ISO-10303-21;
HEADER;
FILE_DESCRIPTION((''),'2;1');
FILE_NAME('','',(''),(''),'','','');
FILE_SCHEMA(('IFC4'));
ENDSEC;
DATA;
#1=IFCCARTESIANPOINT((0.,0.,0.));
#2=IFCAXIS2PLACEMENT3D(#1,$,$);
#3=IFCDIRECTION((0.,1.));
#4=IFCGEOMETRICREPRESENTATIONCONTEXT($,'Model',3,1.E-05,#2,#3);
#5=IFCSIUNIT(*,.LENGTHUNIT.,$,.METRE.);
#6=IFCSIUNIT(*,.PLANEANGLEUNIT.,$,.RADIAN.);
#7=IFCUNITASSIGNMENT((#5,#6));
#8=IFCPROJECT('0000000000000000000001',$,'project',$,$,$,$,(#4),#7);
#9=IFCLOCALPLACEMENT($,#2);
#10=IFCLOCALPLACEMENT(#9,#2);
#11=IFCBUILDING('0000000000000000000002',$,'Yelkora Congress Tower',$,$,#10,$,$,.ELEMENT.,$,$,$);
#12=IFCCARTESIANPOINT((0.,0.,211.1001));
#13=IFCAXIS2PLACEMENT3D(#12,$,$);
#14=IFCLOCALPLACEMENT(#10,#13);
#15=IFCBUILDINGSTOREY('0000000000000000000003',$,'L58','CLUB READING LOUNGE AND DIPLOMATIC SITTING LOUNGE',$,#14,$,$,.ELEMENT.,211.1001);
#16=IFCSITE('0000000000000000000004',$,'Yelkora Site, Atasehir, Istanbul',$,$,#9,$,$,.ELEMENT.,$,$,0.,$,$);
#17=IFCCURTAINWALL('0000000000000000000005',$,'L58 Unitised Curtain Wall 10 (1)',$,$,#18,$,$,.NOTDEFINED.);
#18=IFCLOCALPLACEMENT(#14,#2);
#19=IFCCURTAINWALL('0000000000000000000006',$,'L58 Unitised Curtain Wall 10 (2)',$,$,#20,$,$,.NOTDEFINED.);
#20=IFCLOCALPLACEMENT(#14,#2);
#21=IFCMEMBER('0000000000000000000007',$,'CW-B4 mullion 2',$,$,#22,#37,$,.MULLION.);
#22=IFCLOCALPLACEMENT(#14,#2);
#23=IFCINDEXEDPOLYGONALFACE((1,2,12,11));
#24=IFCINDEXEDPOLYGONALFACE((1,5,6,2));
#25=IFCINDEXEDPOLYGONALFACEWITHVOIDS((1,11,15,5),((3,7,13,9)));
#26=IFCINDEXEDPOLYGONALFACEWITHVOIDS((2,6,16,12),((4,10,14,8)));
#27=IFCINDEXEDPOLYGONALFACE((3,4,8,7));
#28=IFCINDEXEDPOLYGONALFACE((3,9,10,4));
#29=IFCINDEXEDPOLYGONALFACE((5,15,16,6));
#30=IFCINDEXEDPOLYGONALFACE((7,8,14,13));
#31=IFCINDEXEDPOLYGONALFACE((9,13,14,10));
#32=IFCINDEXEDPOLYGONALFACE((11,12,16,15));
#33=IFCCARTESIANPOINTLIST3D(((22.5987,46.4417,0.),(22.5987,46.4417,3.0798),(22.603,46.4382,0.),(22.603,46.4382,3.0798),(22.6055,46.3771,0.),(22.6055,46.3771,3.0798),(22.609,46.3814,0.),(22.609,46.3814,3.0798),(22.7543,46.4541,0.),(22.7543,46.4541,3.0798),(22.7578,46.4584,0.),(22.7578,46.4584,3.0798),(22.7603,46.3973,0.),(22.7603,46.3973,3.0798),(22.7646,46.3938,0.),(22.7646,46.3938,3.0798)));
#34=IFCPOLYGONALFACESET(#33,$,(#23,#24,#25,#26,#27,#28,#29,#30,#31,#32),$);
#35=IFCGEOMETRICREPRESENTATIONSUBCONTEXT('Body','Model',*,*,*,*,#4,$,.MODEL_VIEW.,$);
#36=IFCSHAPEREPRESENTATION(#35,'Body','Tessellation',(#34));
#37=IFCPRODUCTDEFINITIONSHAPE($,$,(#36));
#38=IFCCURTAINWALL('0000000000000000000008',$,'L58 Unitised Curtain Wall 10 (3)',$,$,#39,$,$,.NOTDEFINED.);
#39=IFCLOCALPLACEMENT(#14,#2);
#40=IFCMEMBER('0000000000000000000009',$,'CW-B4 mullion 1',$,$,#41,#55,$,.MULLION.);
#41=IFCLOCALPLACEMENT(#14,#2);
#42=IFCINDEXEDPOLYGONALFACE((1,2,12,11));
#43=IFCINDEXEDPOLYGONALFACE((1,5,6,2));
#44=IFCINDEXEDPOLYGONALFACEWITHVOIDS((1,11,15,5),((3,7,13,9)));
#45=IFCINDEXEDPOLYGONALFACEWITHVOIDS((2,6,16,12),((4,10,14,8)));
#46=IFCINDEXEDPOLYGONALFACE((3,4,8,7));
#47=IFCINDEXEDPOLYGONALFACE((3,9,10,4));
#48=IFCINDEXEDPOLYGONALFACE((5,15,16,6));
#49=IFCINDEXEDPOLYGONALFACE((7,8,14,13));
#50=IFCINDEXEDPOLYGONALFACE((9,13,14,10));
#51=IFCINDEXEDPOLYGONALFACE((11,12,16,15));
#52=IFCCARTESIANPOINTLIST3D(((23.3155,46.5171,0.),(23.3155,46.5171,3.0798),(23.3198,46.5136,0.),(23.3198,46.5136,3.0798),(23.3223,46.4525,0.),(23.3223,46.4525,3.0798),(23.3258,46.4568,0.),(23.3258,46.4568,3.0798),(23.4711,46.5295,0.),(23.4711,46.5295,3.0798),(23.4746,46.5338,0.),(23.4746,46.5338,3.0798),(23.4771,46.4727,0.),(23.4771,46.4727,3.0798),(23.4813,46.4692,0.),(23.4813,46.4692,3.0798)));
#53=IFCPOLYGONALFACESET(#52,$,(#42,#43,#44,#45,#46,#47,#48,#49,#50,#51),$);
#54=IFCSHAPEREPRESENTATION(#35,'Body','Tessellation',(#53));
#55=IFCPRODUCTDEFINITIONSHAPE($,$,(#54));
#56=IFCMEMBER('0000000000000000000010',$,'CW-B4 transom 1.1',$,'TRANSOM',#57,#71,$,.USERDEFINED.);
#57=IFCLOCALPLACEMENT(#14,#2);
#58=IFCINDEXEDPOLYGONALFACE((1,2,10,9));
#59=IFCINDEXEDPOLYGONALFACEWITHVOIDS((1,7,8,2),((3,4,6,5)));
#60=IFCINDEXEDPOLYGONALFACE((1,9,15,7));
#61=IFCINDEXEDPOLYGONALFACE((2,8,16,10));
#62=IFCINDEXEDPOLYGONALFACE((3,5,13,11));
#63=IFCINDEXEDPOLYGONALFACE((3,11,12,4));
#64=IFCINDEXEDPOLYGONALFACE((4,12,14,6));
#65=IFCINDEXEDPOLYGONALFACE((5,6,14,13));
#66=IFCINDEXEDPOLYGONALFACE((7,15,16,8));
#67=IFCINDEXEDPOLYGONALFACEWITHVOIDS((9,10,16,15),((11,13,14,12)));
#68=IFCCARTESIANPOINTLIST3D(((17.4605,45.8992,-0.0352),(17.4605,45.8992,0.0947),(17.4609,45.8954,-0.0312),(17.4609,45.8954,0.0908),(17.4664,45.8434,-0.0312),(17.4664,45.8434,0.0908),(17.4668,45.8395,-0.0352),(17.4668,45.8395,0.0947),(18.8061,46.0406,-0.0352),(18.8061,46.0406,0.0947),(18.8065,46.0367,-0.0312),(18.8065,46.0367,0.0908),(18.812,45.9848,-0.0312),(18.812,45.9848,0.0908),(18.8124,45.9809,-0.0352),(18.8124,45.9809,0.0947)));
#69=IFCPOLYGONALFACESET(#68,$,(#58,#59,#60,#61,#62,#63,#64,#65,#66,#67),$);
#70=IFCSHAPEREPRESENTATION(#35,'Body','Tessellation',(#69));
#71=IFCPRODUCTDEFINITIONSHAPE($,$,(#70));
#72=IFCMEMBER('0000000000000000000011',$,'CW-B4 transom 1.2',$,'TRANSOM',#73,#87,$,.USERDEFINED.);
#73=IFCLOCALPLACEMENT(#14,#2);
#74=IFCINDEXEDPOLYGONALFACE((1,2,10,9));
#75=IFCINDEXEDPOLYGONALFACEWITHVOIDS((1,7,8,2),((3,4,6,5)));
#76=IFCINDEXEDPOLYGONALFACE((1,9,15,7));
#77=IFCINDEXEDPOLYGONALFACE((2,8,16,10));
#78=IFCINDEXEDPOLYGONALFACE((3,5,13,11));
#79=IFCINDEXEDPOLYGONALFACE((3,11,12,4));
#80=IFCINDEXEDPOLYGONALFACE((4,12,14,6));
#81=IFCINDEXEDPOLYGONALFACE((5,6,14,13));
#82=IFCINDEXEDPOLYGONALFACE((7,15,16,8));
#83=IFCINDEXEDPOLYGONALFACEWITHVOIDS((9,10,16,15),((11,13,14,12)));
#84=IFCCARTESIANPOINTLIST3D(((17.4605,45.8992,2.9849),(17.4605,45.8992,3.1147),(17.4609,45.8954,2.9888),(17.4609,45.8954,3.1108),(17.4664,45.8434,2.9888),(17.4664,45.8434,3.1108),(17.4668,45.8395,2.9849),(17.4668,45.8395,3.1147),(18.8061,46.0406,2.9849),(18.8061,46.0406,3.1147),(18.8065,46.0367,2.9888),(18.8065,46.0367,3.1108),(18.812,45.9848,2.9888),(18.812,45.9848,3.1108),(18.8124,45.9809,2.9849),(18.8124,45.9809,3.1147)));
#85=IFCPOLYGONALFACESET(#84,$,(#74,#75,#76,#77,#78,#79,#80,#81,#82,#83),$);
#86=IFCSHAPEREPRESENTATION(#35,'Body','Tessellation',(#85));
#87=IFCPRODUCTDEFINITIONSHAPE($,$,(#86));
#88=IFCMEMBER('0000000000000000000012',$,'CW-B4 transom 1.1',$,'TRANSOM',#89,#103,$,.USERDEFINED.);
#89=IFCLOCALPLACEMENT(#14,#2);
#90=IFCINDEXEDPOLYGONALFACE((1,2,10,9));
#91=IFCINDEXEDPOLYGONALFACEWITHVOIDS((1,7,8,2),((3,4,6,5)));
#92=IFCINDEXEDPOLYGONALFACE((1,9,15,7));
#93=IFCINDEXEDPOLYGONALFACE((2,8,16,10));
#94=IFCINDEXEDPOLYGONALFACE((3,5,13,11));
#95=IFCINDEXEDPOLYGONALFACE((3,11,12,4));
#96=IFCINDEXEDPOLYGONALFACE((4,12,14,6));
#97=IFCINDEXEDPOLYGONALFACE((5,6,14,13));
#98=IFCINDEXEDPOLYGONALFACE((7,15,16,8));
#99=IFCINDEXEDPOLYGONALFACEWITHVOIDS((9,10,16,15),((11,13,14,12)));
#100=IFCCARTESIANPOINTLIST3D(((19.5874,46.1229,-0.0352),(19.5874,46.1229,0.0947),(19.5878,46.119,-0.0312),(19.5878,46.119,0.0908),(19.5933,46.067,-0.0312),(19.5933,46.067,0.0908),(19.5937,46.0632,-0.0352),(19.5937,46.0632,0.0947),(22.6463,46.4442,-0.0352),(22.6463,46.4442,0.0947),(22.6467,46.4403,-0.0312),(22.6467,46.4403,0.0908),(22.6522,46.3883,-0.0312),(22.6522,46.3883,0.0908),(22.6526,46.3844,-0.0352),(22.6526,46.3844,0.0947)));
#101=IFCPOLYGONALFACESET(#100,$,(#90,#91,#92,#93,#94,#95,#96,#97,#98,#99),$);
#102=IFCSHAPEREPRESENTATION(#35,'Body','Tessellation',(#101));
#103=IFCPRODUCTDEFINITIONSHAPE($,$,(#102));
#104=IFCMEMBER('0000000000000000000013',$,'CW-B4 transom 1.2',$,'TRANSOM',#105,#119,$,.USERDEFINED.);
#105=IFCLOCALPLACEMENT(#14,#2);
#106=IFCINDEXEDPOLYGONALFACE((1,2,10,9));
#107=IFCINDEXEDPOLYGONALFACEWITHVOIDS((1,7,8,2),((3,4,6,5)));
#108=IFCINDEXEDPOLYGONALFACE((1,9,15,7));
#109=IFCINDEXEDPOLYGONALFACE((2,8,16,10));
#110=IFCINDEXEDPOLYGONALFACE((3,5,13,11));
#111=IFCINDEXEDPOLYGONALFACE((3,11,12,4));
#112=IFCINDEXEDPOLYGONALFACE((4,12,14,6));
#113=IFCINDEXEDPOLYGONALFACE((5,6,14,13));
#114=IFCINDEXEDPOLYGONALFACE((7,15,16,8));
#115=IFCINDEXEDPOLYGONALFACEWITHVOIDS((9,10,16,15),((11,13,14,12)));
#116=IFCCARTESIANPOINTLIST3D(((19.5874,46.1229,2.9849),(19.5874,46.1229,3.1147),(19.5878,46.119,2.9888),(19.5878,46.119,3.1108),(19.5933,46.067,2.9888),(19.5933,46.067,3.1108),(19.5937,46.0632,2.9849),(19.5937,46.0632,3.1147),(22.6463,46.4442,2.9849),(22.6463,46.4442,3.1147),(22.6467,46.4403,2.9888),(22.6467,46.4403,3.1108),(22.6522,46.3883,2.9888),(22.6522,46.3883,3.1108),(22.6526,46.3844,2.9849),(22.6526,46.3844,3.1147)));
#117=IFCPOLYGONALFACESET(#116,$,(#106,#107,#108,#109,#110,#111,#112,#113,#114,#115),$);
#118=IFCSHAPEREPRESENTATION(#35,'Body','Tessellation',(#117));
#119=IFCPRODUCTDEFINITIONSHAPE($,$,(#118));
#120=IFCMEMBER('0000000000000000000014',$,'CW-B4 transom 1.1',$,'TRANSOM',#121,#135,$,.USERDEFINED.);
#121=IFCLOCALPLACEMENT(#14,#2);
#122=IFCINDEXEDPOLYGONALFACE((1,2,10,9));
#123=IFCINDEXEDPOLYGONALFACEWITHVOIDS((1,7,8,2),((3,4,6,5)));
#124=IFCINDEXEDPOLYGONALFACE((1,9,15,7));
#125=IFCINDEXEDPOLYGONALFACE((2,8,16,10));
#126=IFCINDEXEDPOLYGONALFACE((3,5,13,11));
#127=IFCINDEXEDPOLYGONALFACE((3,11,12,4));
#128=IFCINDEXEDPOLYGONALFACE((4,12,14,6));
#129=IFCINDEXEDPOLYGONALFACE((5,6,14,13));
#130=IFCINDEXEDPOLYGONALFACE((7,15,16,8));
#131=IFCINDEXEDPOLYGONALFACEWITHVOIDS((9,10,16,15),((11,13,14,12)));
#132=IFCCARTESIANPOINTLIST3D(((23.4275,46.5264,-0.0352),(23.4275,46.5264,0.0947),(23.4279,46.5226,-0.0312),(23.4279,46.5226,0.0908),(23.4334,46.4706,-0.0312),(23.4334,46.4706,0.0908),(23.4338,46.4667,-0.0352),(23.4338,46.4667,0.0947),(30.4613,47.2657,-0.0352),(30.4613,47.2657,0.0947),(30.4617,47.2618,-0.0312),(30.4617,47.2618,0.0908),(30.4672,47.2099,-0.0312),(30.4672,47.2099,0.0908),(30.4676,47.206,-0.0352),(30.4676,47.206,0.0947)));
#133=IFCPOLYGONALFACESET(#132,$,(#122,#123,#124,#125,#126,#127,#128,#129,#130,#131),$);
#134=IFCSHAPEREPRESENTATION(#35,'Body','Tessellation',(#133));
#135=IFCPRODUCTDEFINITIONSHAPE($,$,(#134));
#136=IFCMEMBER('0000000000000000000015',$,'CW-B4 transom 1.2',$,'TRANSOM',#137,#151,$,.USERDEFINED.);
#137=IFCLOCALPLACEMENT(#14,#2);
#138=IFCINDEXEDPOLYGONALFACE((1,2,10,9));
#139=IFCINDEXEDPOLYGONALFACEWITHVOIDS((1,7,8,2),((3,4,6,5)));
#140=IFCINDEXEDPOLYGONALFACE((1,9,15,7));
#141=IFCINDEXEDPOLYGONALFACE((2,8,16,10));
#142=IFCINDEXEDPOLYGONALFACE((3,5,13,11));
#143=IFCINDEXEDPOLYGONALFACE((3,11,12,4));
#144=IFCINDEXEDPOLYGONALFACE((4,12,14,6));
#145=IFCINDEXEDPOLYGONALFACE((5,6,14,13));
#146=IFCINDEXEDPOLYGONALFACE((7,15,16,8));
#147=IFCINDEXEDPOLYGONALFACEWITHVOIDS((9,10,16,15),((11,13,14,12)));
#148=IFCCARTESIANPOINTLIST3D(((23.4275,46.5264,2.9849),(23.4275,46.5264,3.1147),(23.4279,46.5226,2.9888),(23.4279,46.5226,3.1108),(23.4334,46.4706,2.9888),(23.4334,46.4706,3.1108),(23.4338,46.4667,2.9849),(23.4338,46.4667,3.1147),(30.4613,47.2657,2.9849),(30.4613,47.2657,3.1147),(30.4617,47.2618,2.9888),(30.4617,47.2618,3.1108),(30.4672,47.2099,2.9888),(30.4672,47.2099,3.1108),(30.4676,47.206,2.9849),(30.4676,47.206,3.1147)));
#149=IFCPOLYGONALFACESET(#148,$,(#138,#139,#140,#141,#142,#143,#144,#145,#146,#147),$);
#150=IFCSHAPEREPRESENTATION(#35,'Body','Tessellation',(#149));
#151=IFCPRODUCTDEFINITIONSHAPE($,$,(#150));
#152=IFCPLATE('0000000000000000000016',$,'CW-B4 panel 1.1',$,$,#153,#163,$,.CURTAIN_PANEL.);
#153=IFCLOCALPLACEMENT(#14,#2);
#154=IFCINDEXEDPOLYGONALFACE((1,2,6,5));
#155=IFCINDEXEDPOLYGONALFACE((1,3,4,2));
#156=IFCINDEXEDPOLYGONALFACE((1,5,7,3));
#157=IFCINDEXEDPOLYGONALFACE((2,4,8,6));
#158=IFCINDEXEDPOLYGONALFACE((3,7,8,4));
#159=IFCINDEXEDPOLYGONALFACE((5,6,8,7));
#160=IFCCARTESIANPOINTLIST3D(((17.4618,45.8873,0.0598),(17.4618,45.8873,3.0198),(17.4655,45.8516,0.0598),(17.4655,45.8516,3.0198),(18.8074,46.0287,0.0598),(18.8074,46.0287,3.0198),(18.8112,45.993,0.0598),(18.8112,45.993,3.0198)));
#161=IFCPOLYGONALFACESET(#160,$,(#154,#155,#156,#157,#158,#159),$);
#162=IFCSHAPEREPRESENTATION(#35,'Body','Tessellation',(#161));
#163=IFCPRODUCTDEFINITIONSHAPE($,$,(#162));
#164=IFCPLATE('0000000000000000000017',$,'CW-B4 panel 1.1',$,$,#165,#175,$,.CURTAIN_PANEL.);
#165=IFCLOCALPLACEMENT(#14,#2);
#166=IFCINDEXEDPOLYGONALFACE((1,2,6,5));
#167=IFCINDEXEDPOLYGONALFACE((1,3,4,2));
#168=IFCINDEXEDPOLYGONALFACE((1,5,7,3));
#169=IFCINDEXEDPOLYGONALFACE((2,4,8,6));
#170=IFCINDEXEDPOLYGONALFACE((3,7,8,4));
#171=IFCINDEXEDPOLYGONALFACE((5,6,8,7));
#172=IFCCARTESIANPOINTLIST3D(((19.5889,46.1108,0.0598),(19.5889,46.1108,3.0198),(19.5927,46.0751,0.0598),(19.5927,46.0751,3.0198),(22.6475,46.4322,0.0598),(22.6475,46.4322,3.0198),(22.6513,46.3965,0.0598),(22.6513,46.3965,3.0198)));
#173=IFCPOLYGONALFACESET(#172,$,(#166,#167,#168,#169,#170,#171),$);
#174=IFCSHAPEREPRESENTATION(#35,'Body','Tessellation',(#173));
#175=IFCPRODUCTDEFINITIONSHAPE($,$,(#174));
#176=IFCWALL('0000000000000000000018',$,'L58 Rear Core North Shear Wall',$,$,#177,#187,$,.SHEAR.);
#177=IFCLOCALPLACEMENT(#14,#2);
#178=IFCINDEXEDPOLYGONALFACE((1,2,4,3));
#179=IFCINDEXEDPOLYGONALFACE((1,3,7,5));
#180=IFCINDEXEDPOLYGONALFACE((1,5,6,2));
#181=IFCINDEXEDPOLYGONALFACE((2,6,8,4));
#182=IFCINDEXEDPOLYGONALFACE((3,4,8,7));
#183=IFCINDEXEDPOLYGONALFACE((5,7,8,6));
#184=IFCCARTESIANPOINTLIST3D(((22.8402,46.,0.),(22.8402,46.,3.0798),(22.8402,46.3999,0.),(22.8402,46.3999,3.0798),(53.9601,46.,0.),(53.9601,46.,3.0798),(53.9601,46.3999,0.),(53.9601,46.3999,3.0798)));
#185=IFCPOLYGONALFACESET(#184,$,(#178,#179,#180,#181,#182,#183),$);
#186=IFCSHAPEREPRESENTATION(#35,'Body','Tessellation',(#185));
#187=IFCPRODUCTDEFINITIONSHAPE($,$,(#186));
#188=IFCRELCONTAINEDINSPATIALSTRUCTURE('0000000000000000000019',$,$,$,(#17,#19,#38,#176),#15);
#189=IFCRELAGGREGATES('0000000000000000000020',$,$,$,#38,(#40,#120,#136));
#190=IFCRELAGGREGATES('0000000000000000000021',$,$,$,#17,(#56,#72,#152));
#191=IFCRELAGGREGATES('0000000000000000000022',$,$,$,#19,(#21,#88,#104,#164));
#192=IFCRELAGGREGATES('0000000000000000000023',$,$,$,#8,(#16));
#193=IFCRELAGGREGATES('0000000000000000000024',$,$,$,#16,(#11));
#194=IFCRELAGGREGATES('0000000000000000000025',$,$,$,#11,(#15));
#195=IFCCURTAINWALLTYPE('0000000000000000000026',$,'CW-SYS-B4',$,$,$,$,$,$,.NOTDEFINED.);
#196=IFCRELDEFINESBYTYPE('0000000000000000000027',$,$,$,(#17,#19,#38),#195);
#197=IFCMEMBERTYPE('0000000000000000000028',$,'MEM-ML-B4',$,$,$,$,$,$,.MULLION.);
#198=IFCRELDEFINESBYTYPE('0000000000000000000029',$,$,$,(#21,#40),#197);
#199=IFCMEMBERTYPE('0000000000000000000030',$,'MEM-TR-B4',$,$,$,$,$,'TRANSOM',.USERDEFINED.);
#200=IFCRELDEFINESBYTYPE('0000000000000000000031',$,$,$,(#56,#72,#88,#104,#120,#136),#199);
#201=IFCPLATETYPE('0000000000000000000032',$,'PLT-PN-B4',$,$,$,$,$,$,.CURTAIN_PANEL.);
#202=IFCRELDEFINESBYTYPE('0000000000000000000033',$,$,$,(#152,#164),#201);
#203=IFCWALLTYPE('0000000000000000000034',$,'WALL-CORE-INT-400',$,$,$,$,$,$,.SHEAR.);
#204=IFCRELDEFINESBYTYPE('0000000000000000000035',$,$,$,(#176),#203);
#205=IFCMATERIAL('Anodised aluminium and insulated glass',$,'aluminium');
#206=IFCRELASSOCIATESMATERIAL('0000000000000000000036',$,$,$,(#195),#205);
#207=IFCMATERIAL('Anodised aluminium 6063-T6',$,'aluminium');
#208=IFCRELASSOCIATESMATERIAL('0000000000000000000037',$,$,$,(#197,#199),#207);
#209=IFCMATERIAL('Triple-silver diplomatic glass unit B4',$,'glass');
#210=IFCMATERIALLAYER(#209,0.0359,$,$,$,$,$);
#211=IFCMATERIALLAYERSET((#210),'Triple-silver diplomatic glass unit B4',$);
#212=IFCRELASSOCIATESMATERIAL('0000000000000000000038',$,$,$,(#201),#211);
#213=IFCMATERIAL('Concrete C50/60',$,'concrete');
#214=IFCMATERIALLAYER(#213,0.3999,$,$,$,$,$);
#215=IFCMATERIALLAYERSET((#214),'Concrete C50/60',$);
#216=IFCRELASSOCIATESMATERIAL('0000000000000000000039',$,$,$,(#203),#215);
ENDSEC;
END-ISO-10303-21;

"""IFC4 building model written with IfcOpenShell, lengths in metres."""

from ifc_helpers import new_model, si_unit, direction, frame, frame_2d, origin, origin_2d, place, context, subcontext, project, spatial, rectangle, hollow_rectangle, extrude, material, layer, layer_set, material_profile, profile_set, type_object, element, aggregate, save


model = new_model("IFC4")

# Units and contexts
model_context = context("Model", 3, precision=1e-05, world=origin(), true_north=direction((0.0, 1.0)))
body_context = subcontext(model_context, "Body", "Model", "MODEL_VIEW")
ifc_project = project(units=[si_unit("LENGTHUNIT", "METRE"), si_unit("PLANEANGLEUNIT", "RADIAN")], contexts=[model_context])

# Site, building, storey
site_placement = place(None, origin())
site = spatial("IfcSite", under=ifc_project, at=site_placement, Name="Yelkora Site, Atasehir, Istanbul", CompositionType="ELEMENT", RefElevation=0.0)
building_placement = place(site_placement, origin())
building = spatial("IfcBuilding", under=site, at=building_placement, Name="Yelkora Congress Tower", CompositionType="ELEMENT")
storey_placement = place(building_placement, frame((0.0, 0.0, 211.1001)))
storey = spatial("IfcBuildingStorey", under=building, at=storey_placement, Name="L58", Description="CLUB READING LOUNGE AND DIPLOMATIC SITTING LOUNGE", CompositionType="ELEMENT", Elevation=211.1001)

# Curtain walls, member
ifc_material_1 = material(Name="Anodised aluminium and insulated glass", Category="aluminium")
curtain_wall_type = type_object("IfcCurtainWallType", Name="CW-SYS-B4", PredefinedType="NOTDEFINED", material=ifc_material_1)
curtain_wall_1_placement = place(storey_placement, origin())
curtain_wall_1 = element("IfcCurtainWall", 1, at=curtain_wall_1_placement, inside=storey, type_object=curtain_wall_type, Name="L58 Unitised Curtain Wall 10 (1)", PredefinedType="NOTDEFINED")
ifc_material_2 = material(Name="Anodised aluminium 6063-T6", Category="aluminium")
ifc_material_profile_1 = material_profile(ifc_material_2, hollow_rectangle(XDim=0.0649, YDim=0.1599, WallThickness=0.0039, at=origin_2d()), Name="ALU 65x160x4")
ifc_profile_set_1 = profile_set([ifc_material_profile_1], Name="Anodised aluminium 6063-T6")
member_type_1 = type_object("IfcMemberType", Name="MEM-ML-B4", PredefinedType="MULLION", material=ifc_profile_set_1)
curtain_wall_2_placement = place(storey_placement, origin())
curtain_wall_2 = element("IfcCurtainWall", 2, at=curtain_wall_2_placement, inside=storey, type_object=curtain_wall_type, Name="L58 Unitised Curtain Wall 10 (2)", PredefinedType="NOTDEFINED")
member_1_placement = place(storey_placement, frame((22.6816, 46.4177, 0.0), z_axis=(0.0, 0.0, 1.0), x_axis=(-0.104506, 0.994524, 0.0)))
member_1 = element("IfcMember", 3, at=member_1_placement, type_object=member_type_1, Name="CW-B4 mullion 2", PredefinedType="MULLION", context=body_context, shape_type="SweptSolid", body=[
    extrude(hollow_rectangle(XDim=0.0649, YDim=0.1599, WallThickness=0.0039, at=origin_2d()), origin(), (0.0, 0.0, 1.0), 3.0798),
])

# Curtain wall, member
curtain_wall_3_placement = place(storey_placement, origin())
curtain_wall_3 = element("IfcCurtainWall", 4, at=curtain_wall_3_placement, inside=storey, type_object=curtain_wall_type, Name="L58 Unitised Curtain Wall 10 (3)", PredefinedType="NOTDEFINED")
member_2_placement = place(storey_placement, frame((23.3984, 46.4932, 0.0), z_axis=(0.0, 0.0, 1.0), x_axis=(-0.104528, 0.994522, 0.0)))
member_2 = element("IfcMember", 5, at=member_2_placement, type_object=member_type_1, Name="CW-B4 mullion 1", PredefinedType="MULLION", context=body_context, shape_type="SweptSolid", body=[
    extrude(hollow_rectangle(XDim=0.0649, YDim=0.1599, WallThickness=0.0039, at=origin_2d()), origin(), (0.0, 0.0, 1.0), 3.0798),
])

# Members
ifc_material_profile_2 = material_profile(ifc_material_2, hollow_rectangle(XDim=0.0601, YDim=0.1299, WallThickness=0.0039, at=origin_2d()), Name="ALU 60x130x4")
ifc_profile_set_2 = profile_set([ifc_material_profile_2], Name="Anodised aluminium 6063-T6")
member_type_2 = type_object("IfcMemberType", Name="MEM-TR-B4", ElementType="TRANSOM", PredefinedType="USERDEFINED", material=ifc_profile_set_2)
member_3_placement = place(storey_placement, frame((17.4636, 45.8694, 0.0298), z_axis=(0.994528, 0.104469, 0.0), x_axis=(-0.104469, 0.994528, 0.0)))
member_3 = element("IfcMember", 6, at=member_3_placement, type_object=member_type_2, Name="CW-B4 transom 1.1", ObjectType="TRANSOM", PredefinedType="USERDEFINED", context=body_context, shape_type="SweptSolid", body=[
    extrude(hollow_rectangle(XDim=0.0601, YDim=0.1299, WallThickness=0.0039, at=origin_2d()), origin(), (0.0, 0.0, 1.0), 1.353),
])
member_4_placement = place(storey_placement, frame((17.4636, 45.8694, 3.0498), z_axis=(0.994528, 0.104469, 0.0), x_axis=(-0.104469, 0.994528, 0.0)))
member_4 = element("IfcMember", 7, at=member_4_placement, type_object=member_type_2, Name="CW-B4 transom 1.2", ObjectType="TRANSOM", PredefinedType="USERDEFINED", context=body_context, shape_type="SweptSolid", body=[
    extrude(hollow_rectangle(XDim=0.0601, YDim=0.1299, WallThickness=0.0039, at=origin_2d()), origin(), (0.0, 0.0, 1.0), 1.353),
])
member_5_placement = place(storey_placement, frame((19.5906, 46.093, 0.0298), z_axis=(0.994529, 0.104462, 0.0), x_axis=(-0.104462, 0.994529, 0.0)))
member_5 = element("IfcMember", 8, at=member_5_placement, type_object=member_type_2, Name="CW-B4 transom 1.1", ObjectType="TRANSOM", PredefinedType="USERDEFINED", context=body_context, shape_type="SweptSolid", body=[
    extrude(hollow_rectangle(XDim=0.0601, YDim=0.1299, WallThickness=0.0039, at=origin_2d()), origin(), (0.0, 0.0, 1.0), 3.0757),
])
member_6_placement = place(storey_placement, frame((19.5906, 46.093, 3.0498), z_axis=(0.994529, 0.104462, 0.0), x_axis=(-0.104462, 0.994529, 0.0)))
member_6 = element("IfcMember", 9, at=member_6_placement, type_object=member_type_2, Name="CW-B4 transom 1.2", ObjectType="TRANSOM", PredefinedType="USERDEFINED", context=body_context, shape_type="SweptSolid", body=[
    extrude(hollow_rectangle(XDim=0.0601, YDim=0.1299, WallThickness=0.0039, at=origin_2d()), origin(), (0.0, 0.0, 1.0), 3.0757),
])
member_7_placement = place(storey_placement, frame((23.4307, 46.4966, 0.0298), z_axis=(0.994522, 0.104527, 0.0), x_axis=(-0.104527, 0.994522, 0.0)))
member_7 = element("IfcMember", 10, at=member_7_placement, type_object=member_type_2, Name="CW-B4 transom 1.1", ObjectType="TRANSOM", PredefinedType="USERDEFINED", context=body_context, shape_type="SweptSolid", body=[
    extrude(hollow_rectangle(XDim=0.0601, YDim=0.1299, WallThickness=0.0039, at=origin_2d()), origin(), (0.0, 0.0, 1.0), 7.0725),
])
member_8_placement = place(storey_placement, frame((23.4307, 46.4966, 3.0498), z_axis=(0.994522, 0.104527, 0.0), x_axis=(-0.104527, 0.994522, 0.0)))
member_8 = element("IfcMember", 11, at=member_8_placement, type_object=member_type_2, Name="CW-B4 transom 1.2", ObjectType="TRANSOM", PredefinedType="USERDEFINED", context=body_context, shape_type="SweptSolid", body=[
    extrude(hollow_rectangle(XDim=0.0601, YDim=0.1299, WallThickness=0.0039, at=origin_2d()), origin(), (0.0, 0.0, 1.0), 7.0725),
])
aggregate(curtain_wall_3, [member_2, member_7, member_8])

# Plates
ifc_material_3 = material(Name="Triple-silver diplomatic glass unit B4", Category="glass")
ifc_layer_1 = layer(ifc_material_3, 0.0359)
ifc_layer_set_1 = layer_set([ifc_layer_1], Name="Triple-silver diplomatic glass unit B4")
plate_type = type_object("IfcPlateType", Name="PLT-PN-B4", PredefinedType="CURTAIN_PANEL", material=ifc_layer_set_1)
plate_1_placement = place(storey_placement, frame((18.1365, 45.9402, 0.0598), z_axis=(0.0, 0.0, 1.0), x_axis=(0.994524, 0.104509, 0.0)))
plate_1 = element("IfcPlate", 12, at=plate_1_placement, type_object=plate_type, Name="CW-B4 panel 1.1", PredefinedType="CURTAIN_PANEL", context=body_context, shape_type="SweptSolid", body=[
    extrude(rectangle(XDim=1.353, YDim=0.0359, at=origin_2d()), origin(), (0.0, 0.0, 1.0), 2.96),
])
aggregate(curtain_wall_1, [member_3, member_4, plate_1])
plate_2_placement = place(storey_placement, frame((21.1201, 46.2537, 0.0598), z_axis=(0.0, 0.0, 1.0), x_axis=(0.994524, 0.104506, 0.0)))
plate_2 = element("IfcPlate", 13, at=plate_2_placement, type_object=plate_type, Name="CW-B4 panel 1.1", PredefinedType="CURTAIN_PANEL", context=body_context, shape_type="SweptSolid", body=[
    extrude(rectangle(XDim=3.0754, YDim=0.0359, at=origin_2d()), origin(), (0.0, 0.0, 1.0), 2.96),
])
aggregate(curtain_wall_2, [member_1, member_5, member_6, plate_2])

# Wall
ifc_material_4 = material(Name="Concrete C50/60", Category="concrete")
ifc_layer_2 = layer(ifc_material_4, 0.3999)
ifc_layer_set_2 = layer_set([ifc_layer_2], Name="Concrete C50/60")
wall_type_1 = type_object("IfcWallType", Name="WALL-CORE-INT-400", PredefinedType="SHEAR", material=ifc_layer_set_2)
wall_1_placement = place(storey_placement, frame((22.8401, 46.2, 0.0), z_axis=(0.0, 0.0, 1.0), x_axis=(1.0, 0.0, 0.0)))
element("IfcWall", 14, at=wall_1_placement, inside=storey, type_object=wall_type_1, Name="L58 Rear Core North Shear Wall", PredefinedType="SHEAR", context=body_context, shape_type="SweptSolid", body=[
    extrude(rectangle(XDim=31.1199, YDim=0.3999, at=frame_2d((15.5601, 0.0))), origin(), (0.0, 0.0, 1.0), 3.0798),
])

save(model, "model.ifc")
